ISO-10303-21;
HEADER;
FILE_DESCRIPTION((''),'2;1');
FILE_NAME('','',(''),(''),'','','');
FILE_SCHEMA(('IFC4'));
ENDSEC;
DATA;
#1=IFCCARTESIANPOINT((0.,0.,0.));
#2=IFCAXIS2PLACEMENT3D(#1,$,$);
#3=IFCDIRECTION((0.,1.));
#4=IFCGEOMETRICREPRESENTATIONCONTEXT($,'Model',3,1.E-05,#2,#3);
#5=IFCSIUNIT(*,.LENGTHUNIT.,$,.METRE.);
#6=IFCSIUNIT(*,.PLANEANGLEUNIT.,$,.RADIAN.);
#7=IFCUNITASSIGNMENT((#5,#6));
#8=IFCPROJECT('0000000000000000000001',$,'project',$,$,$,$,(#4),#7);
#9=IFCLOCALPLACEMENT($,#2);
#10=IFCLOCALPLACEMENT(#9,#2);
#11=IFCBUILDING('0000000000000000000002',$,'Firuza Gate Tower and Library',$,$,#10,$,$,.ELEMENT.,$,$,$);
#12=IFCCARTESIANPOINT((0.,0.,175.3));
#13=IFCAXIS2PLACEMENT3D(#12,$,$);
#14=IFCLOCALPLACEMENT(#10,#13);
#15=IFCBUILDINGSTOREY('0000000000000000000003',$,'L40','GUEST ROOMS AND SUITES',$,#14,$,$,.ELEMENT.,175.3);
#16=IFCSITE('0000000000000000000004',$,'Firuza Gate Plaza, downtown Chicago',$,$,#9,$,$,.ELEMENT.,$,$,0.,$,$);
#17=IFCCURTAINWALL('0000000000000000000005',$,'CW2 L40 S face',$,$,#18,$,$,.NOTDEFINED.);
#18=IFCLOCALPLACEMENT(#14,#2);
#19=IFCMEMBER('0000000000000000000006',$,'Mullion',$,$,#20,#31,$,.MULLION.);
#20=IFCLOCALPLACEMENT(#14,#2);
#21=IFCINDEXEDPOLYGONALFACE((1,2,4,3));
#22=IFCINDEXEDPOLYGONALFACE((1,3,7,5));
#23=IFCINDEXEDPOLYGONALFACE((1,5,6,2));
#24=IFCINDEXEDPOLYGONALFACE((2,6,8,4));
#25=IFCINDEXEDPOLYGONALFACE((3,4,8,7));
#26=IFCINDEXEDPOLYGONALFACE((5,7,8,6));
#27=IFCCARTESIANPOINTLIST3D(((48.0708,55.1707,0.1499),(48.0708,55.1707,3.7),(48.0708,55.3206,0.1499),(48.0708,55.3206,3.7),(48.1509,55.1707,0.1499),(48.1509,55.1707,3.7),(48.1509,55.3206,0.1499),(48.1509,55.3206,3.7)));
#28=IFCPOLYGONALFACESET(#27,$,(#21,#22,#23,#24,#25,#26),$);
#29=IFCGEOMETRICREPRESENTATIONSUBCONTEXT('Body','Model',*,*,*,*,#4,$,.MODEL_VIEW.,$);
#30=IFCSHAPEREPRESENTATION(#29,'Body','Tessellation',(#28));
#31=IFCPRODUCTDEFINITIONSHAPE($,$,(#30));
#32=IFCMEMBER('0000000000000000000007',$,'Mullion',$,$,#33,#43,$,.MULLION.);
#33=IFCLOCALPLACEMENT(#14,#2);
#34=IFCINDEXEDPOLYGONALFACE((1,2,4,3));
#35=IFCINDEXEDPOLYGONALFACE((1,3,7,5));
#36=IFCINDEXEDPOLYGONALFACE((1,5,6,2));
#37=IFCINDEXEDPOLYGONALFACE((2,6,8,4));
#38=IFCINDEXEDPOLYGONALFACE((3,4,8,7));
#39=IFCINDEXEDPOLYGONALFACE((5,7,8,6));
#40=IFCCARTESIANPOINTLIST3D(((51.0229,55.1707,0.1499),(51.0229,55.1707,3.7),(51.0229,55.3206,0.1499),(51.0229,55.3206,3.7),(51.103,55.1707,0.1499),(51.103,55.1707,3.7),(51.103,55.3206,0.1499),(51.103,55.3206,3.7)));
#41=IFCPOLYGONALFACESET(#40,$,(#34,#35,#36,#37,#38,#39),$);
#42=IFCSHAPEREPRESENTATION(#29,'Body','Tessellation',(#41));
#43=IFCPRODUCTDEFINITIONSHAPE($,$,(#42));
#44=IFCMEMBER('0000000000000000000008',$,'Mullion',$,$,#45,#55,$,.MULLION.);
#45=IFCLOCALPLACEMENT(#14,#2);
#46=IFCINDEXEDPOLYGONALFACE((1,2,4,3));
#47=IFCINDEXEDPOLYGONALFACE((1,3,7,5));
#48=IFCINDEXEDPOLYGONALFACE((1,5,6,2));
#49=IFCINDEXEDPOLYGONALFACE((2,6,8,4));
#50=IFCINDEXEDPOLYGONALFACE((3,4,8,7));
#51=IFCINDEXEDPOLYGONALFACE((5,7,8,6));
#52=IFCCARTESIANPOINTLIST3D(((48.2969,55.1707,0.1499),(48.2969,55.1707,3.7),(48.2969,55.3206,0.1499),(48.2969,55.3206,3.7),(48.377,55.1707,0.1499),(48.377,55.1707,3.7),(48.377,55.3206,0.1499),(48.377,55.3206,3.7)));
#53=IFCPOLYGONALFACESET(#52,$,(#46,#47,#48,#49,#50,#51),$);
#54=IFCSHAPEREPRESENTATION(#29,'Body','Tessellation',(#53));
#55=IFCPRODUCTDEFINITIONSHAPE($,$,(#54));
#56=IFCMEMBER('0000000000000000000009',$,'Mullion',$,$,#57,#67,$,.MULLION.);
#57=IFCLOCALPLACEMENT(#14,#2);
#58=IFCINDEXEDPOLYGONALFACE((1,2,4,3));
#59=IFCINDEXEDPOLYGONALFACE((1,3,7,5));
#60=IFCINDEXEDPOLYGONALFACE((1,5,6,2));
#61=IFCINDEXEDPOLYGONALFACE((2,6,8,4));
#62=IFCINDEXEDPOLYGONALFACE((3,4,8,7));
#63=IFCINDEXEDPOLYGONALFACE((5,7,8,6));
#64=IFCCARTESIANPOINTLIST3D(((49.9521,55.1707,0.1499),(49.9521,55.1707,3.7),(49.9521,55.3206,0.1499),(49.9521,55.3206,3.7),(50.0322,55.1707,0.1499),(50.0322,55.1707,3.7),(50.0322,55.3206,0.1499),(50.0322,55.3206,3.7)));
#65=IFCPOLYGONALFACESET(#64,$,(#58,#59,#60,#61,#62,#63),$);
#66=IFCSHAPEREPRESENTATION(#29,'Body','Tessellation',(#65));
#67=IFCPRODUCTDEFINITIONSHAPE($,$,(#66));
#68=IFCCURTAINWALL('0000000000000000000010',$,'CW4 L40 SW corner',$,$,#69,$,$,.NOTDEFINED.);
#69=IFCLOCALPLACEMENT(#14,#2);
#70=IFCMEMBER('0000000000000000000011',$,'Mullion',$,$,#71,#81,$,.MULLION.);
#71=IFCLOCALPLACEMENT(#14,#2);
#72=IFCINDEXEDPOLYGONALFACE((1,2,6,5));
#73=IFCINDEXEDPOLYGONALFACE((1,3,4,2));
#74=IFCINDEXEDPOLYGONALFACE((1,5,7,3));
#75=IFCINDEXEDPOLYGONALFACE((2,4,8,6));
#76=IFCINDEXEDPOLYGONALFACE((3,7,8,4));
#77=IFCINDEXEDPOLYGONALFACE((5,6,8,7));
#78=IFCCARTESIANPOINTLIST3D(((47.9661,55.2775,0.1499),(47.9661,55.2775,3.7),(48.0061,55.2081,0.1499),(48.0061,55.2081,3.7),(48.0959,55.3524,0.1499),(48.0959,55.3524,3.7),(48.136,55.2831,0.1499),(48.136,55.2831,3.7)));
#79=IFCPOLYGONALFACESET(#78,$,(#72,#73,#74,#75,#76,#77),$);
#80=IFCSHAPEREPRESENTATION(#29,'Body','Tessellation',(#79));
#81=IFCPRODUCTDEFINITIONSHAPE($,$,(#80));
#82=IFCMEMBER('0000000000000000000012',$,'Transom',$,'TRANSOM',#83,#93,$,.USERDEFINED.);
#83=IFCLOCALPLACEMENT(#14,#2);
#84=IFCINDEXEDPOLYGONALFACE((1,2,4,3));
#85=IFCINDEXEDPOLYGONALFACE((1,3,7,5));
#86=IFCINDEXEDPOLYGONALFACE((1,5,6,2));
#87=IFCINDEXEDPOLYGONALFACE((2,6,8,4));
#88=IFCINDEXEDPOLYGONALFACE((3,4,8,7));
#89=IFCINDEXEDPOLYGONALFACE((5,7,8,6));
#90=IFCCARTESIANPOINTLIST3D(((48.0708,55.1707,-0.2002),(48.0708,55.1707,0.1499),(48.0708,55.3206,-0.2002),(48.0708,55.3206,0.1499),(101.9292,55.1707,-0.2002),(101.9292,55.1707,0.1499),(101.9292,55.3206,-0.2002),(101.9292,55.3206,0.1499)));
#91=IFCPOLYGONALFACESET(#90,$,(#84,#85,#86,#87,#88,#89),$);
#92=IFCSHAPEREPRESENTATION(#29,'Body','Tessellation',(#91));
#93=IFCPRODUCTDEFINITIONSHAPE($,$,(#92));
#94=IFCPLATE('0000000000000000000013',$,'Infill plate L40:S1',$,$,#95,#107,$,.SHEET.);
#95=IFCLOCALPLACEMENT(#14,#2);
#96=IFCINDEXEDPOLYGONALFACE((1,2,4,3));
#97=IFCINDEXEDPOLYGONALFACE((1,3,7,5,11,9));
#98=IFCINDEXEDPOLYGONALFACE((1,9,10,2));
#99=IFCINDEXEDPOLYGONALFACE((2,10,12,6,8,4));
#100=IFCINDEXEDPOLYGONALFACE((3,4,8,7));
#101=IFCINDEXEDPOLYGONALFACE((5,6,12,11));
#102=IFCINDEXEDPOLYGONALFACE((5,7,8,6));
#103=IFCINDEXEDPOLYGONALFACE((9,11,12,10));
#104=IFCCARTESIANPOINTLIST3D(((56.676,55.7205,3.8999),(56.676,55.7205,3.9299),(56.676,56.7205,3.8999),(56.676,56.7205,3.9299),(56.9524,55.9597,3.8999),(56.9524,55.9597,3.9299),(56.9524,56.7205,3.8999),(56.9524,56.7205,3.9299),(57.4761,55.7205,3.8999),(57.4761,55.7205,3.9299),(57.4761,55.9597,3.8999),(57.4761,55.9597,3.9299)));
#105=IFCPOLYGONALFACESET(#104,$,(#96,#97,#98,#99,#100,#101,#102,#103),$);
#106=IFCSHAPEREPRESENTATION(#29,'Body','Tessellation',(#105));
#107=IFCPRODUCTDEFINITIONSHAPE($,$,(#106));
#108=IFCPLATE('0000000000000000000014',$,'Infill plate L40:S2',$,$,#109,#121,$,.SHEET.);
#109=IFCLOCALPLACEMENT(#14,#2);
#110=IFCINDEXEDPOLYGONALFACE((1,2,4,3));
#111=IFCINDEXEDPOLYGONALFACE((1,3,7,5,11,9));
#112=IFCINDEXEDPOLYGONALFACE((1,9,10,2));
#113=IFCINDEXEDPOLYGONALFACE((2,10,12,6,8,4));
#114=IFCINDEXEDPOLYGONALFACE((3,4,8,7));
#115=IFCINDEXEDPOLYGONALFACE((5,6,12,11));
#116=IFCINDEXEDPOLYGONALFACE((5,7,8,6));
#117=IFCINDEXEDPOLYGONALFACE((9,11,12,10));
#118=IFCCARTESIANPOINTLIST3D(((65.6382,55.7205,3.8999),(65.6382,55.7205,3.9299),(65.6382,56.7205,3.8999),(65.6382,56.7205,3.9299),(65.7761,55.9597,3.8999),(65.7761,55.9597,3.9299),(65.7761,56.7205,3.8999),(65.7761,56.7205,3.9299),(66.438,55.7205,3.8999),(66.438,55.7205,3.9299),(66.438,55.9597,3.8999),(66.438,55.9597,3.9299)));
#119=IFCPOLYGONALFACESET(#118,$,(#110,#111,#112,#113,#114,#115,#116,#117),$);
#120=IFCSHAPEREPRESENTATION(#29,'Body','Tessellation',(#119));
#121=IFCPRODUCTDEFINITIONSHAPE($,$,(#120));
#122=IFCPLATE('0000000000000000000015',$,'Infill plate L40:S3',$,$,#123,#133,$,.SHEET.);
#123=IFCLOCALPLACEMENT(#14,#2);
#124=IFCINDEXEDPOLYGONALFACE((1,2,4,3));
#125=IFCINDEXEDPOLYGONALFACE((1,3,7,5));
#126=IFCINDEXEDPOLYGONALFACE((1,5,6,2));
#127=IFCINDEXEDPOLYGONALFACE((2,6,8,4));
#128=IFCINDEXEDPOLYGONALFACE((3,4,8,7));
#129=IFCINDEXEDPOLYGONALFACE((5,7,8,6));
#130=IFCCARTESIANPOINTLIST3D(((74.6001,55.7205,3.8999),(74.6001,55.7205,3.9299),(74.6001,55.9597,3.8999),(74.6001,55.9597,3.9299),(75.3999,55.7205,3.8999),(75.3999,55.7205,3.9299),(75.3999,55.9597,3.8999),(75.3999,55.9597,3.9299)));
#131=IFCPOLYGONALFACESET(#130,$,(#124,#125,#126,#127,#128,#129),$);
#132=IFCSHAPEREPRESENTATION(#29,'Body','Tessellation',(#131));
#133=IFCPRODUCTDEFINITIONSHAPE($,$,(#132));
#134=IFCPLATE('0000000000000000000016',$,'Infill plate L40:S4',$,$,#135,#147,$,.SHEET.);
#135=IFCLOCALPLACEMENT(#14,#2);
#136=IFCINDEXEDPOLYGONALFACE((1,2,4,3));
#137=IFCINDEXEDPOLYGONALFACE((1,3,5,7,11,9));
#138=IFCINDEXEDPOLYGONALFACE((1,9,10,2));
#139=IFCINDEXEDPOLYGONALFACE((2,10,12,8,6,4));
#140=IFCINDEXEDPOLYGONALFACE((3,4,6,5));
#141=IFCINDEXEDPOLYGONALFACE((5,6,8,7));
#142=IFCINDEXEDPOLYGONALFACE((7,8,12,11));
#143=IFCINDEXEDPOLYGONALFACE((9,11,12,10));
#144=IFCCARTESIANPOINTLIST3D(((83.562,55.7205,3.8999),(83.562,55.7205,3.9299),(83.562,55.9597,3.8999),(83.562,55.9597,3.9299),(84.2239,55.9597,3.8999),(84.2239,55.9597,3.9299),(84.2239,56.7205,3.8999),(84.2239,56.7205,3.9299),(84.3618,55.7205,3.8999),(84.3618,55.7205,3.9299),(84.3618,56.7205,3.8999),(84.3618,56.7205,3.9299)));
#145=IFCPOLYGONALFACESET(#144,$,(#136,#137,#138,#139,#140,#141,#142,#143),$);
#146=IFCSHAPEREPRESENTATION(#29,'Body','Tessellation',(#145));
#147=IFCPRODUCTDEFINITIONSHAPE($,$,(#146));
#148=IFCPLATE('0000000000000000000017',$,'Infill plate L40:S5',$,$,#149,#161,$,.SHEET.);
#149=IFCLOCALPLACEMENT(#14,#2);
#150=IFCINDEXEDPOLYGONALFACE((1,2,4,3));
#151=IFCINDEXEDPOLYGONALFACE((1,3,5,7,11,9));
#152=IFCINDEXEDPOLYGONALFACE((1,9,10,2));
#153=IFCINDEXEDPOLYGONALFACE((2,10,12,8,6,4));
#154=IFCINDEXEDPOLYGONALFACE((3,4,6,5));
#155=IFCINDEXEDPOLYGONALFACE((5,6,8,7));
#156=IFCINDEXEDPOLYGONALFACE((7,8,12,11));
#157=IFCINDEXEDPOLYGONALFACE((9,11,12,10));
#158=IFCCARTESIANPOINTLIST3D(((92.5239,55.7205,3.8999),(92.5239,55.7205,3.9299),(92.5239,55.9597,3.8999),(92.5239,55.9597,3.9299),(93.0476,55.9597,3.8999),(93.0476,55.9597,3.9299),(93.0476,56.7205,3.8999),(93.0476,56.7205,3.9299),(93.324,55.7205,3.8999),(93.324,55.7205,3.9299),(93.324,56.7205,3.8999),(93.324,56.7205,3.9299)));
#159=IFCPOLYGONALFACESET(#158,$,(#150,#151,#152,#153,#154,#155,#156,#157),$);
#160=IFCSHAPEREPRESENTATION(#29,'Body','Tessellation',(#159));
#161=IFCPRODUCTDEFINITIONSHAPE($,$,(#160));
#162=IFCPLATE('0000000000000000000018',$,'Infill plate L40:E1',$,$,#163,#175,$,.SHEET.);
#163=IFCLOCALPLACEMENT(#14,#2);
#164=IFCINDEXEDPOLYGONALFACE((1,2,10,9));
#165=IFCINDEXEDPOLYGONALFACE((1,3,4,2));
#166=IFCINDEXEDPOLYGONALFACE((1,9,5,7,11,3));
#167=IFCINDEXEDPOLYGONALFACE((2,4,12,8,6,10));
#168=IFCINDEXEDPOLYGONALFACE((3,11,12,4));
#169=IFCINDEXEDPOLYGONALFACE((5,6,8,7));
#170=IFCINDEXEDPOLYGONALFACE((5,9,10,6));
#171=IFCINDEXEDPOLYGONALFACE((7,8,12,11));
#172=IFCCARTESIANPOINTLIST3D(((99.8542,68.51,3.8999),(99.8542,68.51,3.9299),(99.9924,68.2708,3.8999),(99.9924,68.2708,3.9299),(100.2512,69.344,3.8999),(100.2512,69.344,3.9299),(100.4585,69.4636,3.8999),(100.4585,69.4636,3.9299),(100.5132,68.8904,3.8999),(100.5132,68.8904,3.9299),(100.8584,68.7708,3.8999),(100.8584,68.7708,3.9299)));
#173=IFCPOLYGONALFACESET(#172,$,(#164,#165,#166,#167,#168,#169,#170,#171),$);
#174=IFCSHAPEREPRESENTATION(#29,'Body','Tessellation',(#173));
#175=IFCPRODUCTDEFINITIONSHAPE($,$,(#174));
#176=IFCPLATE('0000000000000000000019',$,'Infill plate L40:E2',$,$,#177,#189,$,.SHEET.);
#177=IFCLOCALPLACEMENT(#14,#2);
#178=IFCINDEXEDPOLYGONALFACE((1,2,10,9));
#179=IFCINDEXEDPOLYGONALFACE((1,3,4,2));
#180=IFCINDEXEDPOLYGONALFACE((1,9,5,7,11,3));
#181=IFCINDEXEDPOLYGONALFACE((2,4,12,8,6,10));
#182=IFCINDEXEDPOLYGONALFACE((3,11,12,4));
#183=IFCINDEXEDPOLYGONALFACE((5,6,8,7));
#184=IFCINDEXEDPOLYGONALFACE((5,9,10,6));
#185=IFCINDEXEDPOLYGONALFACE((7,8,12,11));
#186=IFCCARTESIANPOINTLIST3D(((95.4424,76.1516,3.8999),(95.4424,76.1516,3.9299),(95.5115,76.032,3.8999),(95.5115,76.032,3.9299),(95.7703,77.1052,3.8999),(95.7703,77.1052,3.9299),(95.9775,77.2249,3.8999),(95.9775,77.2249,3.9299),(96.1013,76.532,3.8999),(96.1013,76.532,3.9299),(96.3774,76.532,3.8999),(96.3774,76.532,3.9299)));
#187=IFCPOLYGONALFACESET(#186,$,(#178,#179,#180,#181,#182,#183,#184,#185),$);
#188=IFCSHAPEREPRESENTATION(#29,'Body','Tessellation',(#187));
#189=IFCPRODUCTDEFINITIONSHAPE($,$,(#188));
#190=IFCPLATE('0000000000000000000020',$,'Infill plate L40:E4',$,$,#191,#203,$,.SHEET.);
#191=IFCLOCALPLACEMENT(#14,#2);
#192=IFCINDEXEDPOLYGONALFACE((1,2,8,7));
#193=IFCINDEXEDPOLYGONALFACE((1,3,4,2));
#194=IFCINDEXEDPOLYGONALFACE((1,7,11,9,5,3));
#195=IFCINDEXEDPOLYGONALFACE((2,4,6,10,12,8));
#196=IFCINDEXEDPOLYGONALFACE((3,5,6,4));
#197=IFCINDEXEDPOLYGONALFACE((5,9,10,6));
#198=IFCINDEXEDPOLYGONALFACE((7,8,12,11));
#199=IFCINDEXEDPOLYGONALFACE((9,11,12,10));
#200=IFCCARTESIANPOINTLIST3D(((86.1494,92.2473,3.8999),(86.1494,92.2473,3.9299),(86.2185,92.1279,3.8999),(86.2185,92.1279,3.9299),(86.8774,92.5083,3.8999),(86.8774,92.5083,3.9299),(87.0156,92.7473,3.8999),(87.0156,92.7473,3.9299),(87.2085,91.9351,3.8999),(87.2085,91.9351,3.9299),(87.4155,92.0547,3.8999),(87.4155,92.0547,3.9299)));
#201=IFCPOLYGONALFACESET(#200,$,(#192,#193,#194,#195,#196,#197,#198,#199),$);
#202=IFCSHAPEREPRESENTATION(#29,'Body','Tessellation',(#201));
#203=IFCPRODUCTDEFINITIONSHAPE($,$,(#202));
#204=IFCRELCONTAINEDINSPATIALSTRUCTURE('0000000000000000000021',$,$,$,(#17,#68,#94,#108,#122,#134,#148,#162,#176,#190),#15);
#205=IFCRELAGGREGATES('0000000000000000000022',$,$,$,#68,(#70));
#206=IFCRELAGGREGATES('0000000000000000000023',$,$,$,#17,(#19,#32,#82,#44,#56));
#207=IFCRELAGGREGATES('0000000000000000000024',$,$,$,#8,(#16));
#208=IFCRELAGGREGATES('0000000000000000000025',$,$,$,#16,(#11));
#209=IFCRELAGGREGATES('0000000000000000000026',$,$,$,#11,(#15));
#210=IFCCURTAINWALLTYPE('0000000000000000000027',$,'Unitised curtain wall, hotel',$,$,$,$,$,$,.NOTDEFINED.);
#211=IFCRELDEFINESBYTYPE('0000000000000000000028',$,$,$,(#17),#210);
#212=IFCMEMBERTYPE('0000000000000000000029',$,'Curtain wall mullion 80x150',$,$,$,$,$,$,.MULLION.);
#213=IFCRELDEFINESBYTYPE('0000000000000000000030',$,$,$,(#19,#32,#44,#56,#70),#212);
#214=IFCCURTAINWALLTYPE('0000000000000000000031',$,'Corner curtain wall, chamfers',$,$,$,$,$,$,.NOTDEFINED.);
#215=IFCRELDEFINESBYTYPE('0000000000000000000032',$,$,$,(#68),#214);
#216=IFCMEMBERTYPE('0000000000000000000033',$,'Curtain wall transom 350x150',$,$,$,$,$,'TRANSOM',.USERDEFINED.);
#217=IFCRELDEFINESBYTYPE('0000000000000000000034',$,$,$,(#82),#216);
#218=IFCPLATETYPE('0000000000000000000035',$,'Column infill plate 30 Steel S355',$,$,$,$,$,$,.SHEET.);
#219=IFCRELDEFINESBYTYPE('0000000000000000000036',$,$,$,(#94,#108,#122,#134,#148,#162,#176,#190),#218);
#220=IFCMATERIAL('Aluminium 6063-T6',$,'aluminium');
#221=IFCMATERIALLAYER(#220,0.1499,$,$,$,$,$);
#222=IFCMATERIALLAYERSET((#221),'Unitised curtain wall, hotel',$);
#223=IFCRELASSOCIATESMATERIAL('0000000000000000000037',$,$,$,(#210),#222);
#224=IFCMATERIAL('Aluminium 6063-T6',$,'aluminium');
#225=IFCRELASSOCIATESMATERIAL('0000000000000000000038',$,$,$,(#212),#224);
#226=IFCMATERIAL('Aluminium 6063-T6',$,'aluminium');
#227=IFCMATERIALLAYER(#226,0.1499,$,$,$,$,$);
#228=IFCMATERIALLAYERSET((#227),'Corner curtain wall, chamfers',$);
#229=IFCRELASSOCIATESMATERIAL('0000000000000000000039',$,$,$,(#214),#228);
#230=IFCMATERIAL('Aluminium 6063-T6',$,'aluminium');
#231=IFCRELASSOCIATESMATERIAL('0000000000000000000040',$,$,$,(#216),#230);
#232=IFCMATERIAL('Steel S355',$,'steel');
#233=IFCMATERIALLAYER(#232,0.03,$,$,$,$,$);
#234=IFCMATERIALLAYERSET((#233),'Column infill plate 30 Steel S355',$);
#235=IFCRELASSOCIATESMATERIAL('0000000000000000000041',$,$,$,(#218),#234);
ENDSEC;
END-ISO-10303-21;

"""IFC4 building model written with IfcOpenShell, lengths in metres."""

from ifc_helpers import new_model, si_unit, direction, frame, origin, origin_2d, place, context, subcontext, project, spatial, polyline, rectangle, outline, extrude, material, layer, layer_set, material_profile, profile_set, type_object, element, aggregate, save


model = new_model("IFC4")

# Units and contexts
model_context = context("Model", 3, precision=1e-05, world=origin(), true_north=direction((0.0, 1.0)))
body_context = subcontext(model_context, "Body", "Model", "MODEL_VIEW")
ifc_project = project(units=[si_unit("LENGTHUNIT", "METRE"), si_unit("PLANEANGLEUNIT", "RADIAN")], contexts=[model_context])

# Site, building, storey
site_placement = place(None, origin())
site = spatial("IfcSite", under=ifc_project, at=site_placement, Name="Firuza Gate Plaza, downtown Chicago", CompositionType="ELEMENT", RefElevation=0.0)
building_placement = place(site_placement, origin())
building = spatial("IfcBuilding", under=site, at=building_placement, Name="Firuza Gate Tower and Library", CompositionType="ELEMENT")
storey_placement = place(building_placement, frame((0.0, 0.0, 175.3)))
storey = spatial("IfcBuildingStorey", under=building, at=storey_placement, Name="L40", Description="GUEST ROOMS AND SUITES", CompositionType="ELEMENT", Elevation=175.3)

# Curtain wall, members
ifc_material_1 = material(Name="Aluminium 6063-T6", Category="aluminium")
ifc_layer_1 = layer(ifc_material_1, 0.1499)
ifc_layer_set_1 = layer_set([ifc_layer_1], Name="Unitised curtain wall, hotel")
curtain_wall_type_1 = type_object("IfcCurtainWallType", Name="Unitised curtain wall, hotel", PredefinedType="NOTDEFINED", material=ifc_layer_set_1)
placement_1 = place(storey_placement, origin())
curtain_wall_1 = element("IfcCurtainWall", 1, at=placement_1, inside=storey, type_object=curtain_wall_type_1, Name="CW2 L40 S face", PredefinedType="NOTDEFINED")
ifc_material_2 = material(Name="Aluminium 6063-T6", Category="aluminium")
ifc_material_profile_1 = material_profile(ifc_material_2, rectangle(XDim=0.1499, YDim=0.0801, at=origin_2d()))
ifc_profile_set_1 = profile_set([ifc_material_profile_1], Name="Aluminium 6063-T6")
member_type_1 = type_object("IfcMemberType", Name="Curtain wall mullion 80x150", PredefinedType="MULLION", material=ifc_profile_set_1)
member_1_placement = place(storey_placement, frame((48.1108, 55.2456, 0.1499), z_axis=(0.0, 0.0, 1.0), x_axis=(0.0, 1.0, 0.0)))
member_1 = element("IfcMember", 2, at=member_1_placement, type_object=member_type_1, Name="Mullion", PredefinedType="MULLION", context=body_context, shape_type="SweptSolid", body=[
    extrude(rectangle(XDim=0.1499, YDim=0.0801, at=origin_2d()), origin(), (0.0, 0.0, 1.0), 3.55),
])
member_2_placement = place(storey_placement, frame((51.063, 55.2456, 0.1499), z_axis=(0.0, 0.0, 1.0), x_axis=(0.0, 1.0, 0.0)))
member_2 = element("IfcMember", 3, at=member_2_placement, type_object=member_type_1, Name="Mullion", PredefinedType="MULLION", context=body_context, shape_type="SweptSolid", body=[
    extrude(rectangle(XDim=0.1499, YDim=0.0801, at=origin_2d()), origin(), (0.0, 0.0, 1.0), 3.55),
])
member_3_placement = place(storey_placement, frame((48.3369, 55.2456, 0.1499), z_axis=(0.0, 0.0, 1.0), x_axis=(0.0, 1.0, 0.0)))
member_3 = element("IfcMember", 4, at=member_3_placement, type_object=member_type_1, Name="Mullion", PredefinedType="MULLION", context=body_context, shape_type="SweptSolid", body=[
    extrude(rectangle(XDim=0.1499, YDim=0.0801, at=origin_2d()), origin(), (0.0, 0.0, 1.0), 3.55),
])
member_4_placement = place(storey_placement, frame((49.9922, 55.2456, 0.1499), z_axis=(0.0, 0.0, 1.0), x_axis=(0.0, 1.0, 0.0)))
member_4 = element("IfcMember", 5, at=member_4_placement, type_object=member_type_1, Name="Mullion", PredefinedType="MULLION", context=body_context, shape_type="SweptSolid", body=[
    extrude(rectangle(XDim=0.1499, YDim=0.0801, at=origin_2d()), origin(), (0.0, 0.0, 1.0), 3.55),
])

# Curtain wall, member
ifc_material_3 = material(Name="Aluminium 6063-T6", Category="aluminium")
ifc_layer_2 = layer(ifc_material_3, 0.1499)
ifc_layer_set_2 = layer_set([ifc_layer_2], Name="Corner curtain wall, chamfers")
curtain_wall_type_2 = type_object("IfcCurtainWallType", Name="Corner curtain wall, chamfers", PredefinedType="NOTDEFINED", material=ifc_layer_set_2)
curtain_wall_2 = element("IfcCurtainWall", 6, at=placement_1, inside=storey, type_object=curtain_wall_type_2, Name="CW4 L40 SW corner", PredefinedType="NOTDEFINED")
member_5_placement = place(storey_placement, frame((48.051, 55.2803, 0.1499), z_axis=(0.0, 0.0, 1.0), x_axis=(0.866025, 0.5, 0.0)))
member_5 = element("IfcMember", 7, at=member_5_placement, type_object=member_type_1, Name="Mullion", PredefinedType="MULLION", context=body_context, shape_type="SweptSolid", body=[
    extrude(rectangle(XDim=0.1499, YDim=0.0801, at=origin_2d()), origin(), (0.0, 0.0, 1.0), 3.55),
])
aggregate(curtain_wall_2, [member_5])

# Member
ifc_material_4 = material(Name="Aluminium 6063-T6", Category="aluminium")
ifc_material_profile_2 = material_profile(ifc_material_4, rectangle(XDim=0.1499, YDim=0.3501, at=origin_2d()))
ifc_profile_set_2 = profile_set([ifc_material_profile_2], Name="Aluminium 6063-T6")
member_type_2 = type_object("IfcMemberType", Name="Curtain wall transom 350x150", ElementType="TRANSOM", PredefinedType="USERDEFINED", material=ifc_profile_set_2)
member_6_placement = place(storey_placement, frame((48.0708, 55.2456, -0.0251), z_axis=(1.0, 0.0, 0.0), x_axis=(0.0, 1.0, 0.0)))
member_6 = element("IfcMember", 8, at=member_6_placement, type_object=member_type_2, Name="Transom", ObjectType="TRANSOM", PredefinedType="USERDEFINED", context=body_context, shape_type="SweptSolid", body=[
    extrude(rectangle(XDim=0.1499, YDim=0.3501, at=origin_2d()), origin(), (0.0, 0.0, 1.0), 53.8584),
])

# Plates
ifc_material_5 = material(Name="Steel S355", Category="steel")
ifc_layer_3 = layer(ifc_material_5, 0.03)
ifc_layer_set_3 = layer_set([ifc_layer_3], Name="Column infill plate 30 Steel S355")
plate_type_1 = type_object("IfcPlateType", Name="Column infill plate 30 Steel S355", PredefinedType="SHEET", material=ifc_layer_set_3)
placement_2 = place(storey_placement, frame((0.0, 0.0, 3.8999)))
element("IfcPlate", 9, at=placement_2, inside=storey, type_object=plate_type_1, Name="Infill plate L40:S1", PredefinedType="SHEET", context=body_context, shape_type="SweptSolid", body=[
    extrude(outline(polyline([(57.4761, 55.7205), (57.4761, 55.9597), (56.9524, 55.9597), (56.9524, 56.7205), (56.676, 56.7205), (56.676, 55.7205), (57.4761, 55.7205)])), origin(), (0.0, 0.0, 1.0), 0.03),
])
element("IfcPlate", 10, at=placement_2, inside=storey, type_object=plate_type_1, Name="Infill plate L40:S2", PredefinedType="SHEET", context=body_context, shape_type="SweptSolid", body=[
    extrude(outline(polyline([(66.438, 55.7205), (66.438, 55.9597), (65.7761, 55.9597), (65.7761, 56.7205), (65.6382, 56.7205), (65.6382, 55.7205), (66.438, 55.7205)])), origin(), (0.0, 0.0, 1.0), 0.03),
])
element("IfcPlate", 11, at=placement_2, inside=storey, type_object=plate_type_1, Name="Infill plate L40:S3", PredefinedType="SHEET", context=body_context, shape_type="SweptSolid", body=[
    extrude(outline(polyline([(75.3999, 55.7205), (75.3999, 55.9597), (74.6001, 55.9597), (74.6001, 55.7205), (75.3999, 55.7205)])), origin(), (0.0, 0.0, 1.0), 0.03),
])
element("IfcPlate", 12, at=placement_2, inside=storey, type_object=plate_type_1, Name="Infill plate L40:S4", PredefinedType="SHEET", context=body_context, shape_type="SweptSolid", body=[
    extrude(outline(polyline([(84.3618, 56.7205), (84.2239, 56.7205), (84.2239, 55.9597), (83.562, 55.9597), (83.562, 55.7205), (84.3618, 55.7205), (84.3618, 56.7205)])), origin(), (0.0, 0.0, 1.0), 0.03),
])
element("IfcPlate", 13, at=placement_2, inside=storey, type_object=plate_type_1, Name="Infill plate L40:S5", PredefinedType="SHEET", context=body_context, shape_type="SweptSolid", body=[
    extrude(outline(polyline([(93.324, 56.7205), (93.0476, 56.7205), (93.0476, 55.9597), (92.5239, 55.9597), (92.5239, 55.7205), (93.324, 55.7205), (93.324, 56.7205)])), origin(), (0.0, 0.0, 1.0), 0.03),
])
element("IfcPlate", 14, at=placement_2, inside=storey, type_object=plate_type_1, Name="Infill plate L40:E1", PredefinedType="SHEET", context=body_context, shape_type="SweptSolid", body=[
    extrude(outline(polyline([(100.4585, 69.4636), (100.2512, 69.344), (100.5132, 68.8904), (99.8542, 68.51), (99.9924, 68.2708), (100.8584, 68.7708), (100.4585, 69.4636)])), origin(), (0.0, 0.0, 1.0), 0.03),
])
element("IfcPlate", 15, at=placement_2, inside=storey, type_object=plate_type_1, Name="Infill plate L40:E2", PredefinedType="SHEET", context=body_context, shape_type="SweptSolid", body=[
    extrude(outline(polyline([(95.9775, 77.2249), (95.7703, 77.1052), (96.1013, 76.532), (95.4424, 76.1516), (95.5115, 76.032), (96.3774, 76.532), (95.9775, 77.2249)])), origin(), (0.0, 0.0, 1.0), 0.03),
])
element("IfcPlate", 16, at=placement_2, inside=storey, type_object=plate_type_1, Name="Infill plate L40:E4", PredefinedType="SHEET", context=body_context, shape_type="SweptSolid", body=[
    extrude(outline(polyline([(86.1494, 92.2473), (86.2185, 92.1279), (86.8774, 92.5083), (87.2085, 91.9351), (87.4155, 92.0547), (87.0156, 92.7473), (86.1494, 92.2473)])), origin(), (0.0, 0.0, 1.0), 0.03),
])

aggregate(curtain_wall_1, [member_1, member_2, member_6, member_3, member_4])

save(model, "model.ifc")
